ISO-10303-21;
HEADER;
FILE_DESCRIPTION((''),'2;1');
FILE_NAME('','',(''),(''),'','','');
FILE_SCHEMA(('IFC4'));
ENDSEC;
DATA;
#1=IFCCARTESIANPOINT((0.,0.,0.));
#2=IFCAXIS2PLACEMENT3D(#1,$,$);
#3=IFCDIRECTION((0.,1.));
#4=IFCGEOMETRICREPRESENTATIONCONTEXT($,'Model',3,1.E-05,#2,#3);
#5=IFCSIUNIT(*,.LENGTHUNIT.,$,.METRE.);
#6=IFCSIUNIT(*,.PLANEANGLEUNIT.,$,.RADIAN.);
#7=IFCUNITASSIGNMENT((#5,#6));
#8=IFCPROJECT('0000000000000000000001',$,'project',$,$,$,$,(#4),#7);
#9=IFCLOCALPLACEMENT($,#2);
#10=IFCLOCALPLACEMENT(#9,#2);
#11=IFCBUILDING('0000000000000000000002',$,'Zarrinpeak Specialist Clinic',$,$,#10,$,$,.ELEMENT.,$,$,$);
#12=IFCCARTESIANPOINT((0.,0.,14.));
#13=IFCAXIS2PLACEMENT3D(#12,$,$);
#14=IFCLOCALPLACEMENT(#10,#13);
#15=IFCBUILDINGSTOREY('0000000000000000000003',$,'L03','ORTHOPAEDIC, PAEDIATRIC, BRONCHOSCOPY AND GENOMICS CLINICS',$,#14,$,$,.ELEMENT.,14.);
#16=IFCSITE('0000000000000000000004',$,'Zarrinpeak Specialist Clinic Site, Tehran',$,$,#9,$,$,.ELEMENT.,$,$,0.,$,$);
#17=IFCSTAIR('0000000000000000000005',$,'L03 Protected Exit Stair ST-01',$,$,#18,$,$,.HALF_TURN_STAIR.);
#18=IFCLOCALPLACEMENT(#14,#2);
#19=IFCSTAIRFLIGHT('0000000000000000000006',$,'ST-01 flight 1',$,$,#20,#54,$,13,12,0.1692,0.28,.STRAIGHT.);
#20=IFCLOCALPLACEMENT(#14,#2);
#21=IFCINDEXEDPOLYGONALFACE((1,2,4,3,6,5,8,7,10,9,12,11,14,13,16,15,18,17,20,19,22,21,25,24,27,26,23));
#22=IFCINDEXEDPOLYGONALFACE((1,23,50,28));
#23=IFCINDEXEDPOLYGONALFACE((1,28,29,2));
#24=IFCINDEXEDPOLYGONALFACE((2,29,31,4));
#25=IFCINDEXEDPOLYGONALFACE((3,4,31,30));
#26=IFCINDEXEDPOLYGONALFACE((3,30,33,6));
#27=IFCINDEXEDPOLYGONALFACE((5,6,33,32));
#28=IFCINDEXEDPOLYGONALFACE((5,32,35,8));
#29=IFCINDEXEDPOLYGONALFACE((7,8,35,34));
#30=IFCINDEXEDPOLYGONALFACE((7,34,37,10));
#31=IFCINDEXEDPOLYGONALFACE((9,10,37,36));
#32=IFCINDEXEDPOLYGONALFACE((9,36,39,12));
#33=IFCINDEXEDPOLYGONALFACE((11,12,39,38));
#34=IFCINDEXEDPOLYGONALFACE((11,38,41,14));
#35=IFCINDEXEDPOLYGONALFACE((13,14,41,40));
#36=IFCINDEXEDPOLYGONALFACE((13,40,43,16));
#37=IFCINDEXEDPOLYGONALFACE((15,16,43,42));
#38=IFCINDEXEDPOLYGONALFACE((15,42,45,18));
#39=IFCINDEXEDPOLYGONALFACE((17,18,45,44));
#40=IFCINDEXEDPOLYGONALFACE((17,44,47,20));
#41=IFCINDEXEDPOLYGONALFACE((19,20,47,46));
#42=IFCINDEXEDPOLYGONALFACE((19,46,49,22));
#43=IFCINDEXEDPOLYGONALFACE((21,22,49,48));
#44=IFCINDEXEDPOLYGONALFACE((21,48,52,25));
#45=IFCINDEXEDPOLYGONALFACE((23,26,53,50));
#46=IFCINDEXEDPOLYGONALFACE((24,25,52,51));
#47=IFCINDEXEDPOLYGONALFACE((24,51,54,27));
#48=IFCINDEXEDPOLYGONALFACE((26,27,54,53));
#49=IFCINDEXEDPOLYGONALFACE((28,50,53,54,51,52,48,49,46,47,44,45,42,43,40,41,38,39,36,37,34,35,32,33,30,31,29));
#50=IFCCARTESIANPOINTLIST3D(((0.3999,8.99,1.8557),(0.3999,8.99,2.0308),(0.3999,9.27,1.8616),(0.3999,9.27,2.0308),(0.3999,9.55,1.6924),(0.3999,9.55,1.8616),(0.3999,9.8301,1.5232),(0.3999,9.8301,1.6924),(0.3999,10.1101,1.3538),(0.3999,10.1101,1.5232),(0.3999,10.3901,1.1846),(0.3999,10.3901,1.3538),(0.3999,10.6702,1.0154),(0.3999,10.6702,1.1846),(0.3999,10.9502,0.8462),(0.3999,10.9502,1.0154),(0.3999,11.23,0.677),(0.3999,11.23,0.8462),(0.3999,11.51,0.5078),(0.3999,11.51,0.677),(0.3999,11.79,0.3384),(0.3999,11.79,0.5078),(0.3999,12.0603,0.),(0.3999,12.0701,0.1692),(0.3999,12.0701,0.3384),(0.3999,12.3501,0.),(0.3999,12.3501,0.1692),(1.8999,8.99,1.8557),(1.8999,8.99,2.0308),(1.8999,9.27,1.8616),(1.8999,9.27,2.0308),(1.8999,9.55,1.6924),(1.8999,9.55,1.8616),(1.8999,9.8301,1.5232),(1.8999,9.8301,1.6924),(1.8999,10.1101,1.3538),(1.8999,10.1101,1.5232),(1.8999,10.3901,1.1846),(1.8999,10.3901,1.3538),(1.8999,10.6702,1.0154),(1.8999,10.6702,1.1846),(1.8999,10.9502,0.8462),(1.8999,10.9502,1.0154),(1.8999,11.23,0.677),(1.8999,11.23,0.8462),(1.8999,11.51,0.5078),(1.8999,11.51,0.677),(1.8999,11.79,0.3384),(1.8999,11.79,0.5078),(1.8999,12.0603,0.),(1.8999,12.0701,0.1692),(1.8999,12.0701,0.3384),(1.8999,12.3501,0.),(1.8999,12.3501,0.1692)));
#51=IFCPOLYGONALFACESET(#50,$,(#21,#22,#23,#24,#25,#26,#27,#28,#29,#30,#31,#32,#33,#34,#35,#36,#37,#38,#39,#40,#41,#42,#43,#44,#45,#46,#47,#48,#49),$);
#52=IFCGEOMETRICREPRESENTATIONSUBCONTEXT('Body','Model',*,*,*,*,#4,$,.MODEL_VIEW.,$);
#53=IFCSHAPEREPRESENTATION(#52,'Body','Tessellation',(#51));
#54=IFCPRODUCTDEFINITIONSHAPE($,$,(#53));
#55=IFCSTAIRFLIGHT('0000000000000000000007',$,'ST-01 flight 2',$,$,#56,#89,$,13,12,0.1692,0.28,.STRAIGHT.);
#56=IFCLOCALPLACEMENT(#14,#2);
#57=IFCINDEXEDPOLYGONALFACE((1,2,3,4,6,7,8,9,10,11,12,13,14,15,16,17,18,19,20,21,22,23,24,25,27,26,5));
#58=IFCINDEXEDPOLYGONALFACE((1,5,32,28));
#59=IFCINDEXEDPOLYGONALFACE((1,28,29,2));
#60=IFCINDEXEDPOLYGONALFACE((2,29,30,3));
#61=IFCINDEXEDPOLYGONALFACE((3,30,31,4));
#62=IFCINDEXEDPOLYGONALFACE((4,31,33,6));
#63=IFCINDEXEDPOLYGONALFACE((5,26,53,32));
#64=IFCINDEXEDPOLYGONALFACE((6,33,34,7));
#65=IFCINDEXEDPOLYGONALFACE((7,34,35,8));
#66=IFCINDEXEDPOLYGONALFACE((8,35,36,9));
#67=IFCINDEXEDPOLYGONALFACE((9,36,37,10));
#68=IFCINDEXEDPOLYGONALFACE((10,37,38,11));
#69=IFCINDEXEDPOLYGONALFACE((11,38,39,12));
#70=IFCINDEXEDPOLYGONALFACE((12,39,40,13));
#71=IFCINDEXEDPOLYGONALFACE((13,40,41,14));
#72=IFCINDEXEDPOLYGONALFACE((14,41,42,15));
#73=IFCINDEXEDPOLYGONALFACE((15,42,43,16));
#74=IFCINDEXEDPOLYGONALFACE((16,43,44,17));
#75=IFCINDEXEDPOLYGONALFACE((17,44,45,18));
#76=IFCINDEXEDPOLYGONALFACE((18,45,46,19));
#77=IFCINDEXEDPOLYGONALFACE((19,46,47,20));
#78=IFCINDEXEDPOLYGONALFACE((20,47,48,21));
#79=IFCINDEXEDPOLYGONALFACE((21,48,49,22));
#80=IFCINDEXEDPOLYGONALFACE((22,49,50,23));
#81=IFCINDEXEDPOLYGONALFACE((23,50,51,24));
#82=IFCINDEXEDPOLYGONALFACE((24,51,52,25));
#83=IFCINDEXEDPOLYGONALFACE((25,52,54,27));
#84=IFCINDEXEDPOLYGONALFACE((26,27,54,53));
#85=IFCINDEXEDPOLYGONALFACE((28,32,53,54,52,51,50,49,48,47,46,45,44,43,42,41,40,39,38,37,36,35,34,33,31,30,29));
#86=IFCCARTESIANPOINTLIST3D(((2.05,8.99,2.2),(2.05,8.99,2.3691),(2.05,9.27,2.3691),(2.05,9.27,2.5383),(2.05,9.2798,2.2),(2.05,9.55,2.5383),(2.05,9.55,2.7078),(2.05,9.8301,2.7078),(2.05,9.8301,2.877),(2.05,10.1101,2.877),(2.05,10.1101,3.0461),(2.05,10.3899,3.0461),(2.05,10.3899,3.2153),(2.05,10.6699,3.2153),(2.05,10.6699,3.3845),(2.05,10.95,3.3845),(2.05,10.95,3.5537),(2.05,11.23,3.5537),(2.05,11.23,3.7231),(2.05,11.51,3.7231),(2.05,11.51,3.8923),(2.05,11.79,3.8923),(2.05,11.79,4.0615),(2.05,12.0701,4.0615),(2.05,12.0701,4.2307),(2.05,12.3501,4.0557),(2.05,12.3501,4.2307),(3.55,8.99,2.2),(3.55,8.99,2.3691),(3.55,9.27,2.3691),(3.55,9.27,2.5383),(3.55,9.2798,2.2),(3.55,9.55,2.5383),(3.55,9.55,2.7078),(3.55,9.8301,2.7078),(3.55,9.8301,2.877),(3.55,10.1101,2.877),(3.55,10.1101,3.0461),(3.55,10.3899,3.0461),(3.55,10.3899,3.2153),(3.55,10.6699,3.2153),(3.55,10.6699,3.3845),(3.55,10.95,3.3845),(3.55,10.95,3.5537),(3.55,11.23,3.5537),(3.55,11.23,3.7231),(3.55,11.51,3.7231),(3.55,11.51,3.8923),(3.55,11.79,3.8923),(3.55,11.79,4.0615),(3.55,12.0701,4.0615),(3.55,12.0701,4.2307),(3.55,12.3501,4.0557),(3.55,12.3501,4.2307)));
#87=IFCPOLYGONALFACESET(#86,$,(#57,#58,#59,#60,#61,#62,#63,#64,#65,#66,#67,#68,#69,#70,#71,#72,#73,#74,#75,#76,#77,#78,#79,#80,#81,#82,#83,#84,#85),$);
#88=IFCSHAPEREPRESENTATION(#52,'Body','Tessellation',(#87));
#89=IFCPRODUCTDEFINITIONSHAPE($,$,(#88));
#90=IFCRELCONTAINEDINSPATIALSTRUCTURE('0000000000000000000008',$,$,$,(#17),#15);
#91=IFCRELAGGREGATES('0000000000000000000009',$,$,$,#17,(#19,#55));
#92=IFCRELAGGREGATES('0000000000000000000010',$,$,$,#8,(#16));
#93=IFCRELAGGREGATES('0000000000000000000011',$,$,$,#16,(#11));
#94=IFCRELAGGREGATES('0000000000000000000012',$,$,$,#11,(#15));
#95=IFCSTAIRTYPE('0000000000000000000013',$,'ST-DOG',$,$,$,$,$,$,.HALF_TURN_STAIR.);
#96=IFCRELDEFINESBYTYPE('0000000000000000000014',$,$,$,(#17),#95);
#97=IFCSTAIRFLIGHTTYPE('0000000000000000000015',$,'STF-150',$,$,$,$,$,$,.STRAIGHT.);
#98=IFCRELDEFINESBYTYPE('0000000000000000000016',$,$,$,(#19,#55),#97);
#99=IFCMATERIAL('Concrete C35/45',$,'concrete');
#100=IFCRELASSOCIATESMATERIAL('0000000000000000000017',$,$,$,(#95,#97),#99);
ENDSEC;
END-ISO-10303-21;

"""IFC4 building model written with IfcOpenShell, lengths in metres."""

from ifc_helpers import new_model, si_unit, direction, frame, origin, place, context, subcontext, project, spatial, polyline, outline, extrude, material, type_object, element, aggregate, save


model = new_model("IFC4")

# Units and contexts
model_context = context("Model", 3, precision=1e-05, world=origin(), true_north=direction((0.0, 1.0)))
body_context = subcontext(model_context, "Body", "Model", "MODEL_VIEW")
ifc_project = project(units=[si_unit("LENGTHUNIT", "METRE"), si_unit("PLANEANGLEUNIT", "RADIAN")], contexts=[model_context])

# Site, building, storey
site_placement = place(None, origin())
site = spatial("IfcSite", under=ifc_project, at=site_placement, Name="Zarrinpeak Specialist Clinic Site, Tehran", CompositionType="ELEMENT", RefElevation=0.0)
building_placement = place(site_placement, origin())
building = spatial("IfcBuilding", under=site, at=building_placement, Name="Zarrinpeak Specialist Clinic", CompositionType="ELEMENT")
storey_placement = place(building_placement, frame((0.0, 0.0, 14.0)))
storey = spatial("IfcBuildingStorey", under=building, at=storey_placement, Name="L03", Description="ORTHOPAEDIC, PAEDIATRIC, BRONCHOSCOPY AND GENOMICS CLINICS", CompositionType="ELEMENT", Elevation=14.0)

# Stair, stair flights
ifc_material_1 = material(Name="Concrete C35/45", Category="concrete")
stair_type = type_object("IfcStairType", Name="ST-DOG", PredefinedType="HALF_TURN_STAIR", material=ifc_material_1)
stair_placement = place(storey_placement, origin())
stair = element("IfcStair", 1, at=stair_placement, inside=storey, type_object=stair_type, Name="L03 Protected Exit Stair ST-01", PredefinedType="HALF_TURN_STAIR")
stair_flight_type = type_object("IfcStairFlightType", Name="STF-150", PredefinedType="STRAIGHT", material=ifc_material_1)
stair_flight_1_placement = place(storey_placement, frame((1.1499, 12.3501, 0.0), z_axis=(0.0, 0.0, 1.0), x_axis=(0.0, -1.0, 0.0)))
stair_flight_1 = element("IfcStairFlight", 2, at=stair_flight_1_placement, type_object=stair_flight_type, Name="ST-01 flight 1", NumberOfRisers=13, NumberOfTreads=12, PredefinedType="STRAIGHT", RiserHeight=0.1692, TreadLength=0.28, context=body_context, shape_type="SweptSolid", body=[
    extrude(outline(polyline([(0.0, 0.0), (0.0, 0.1692), (0.28, 0.1692), (0.28, 0.3384), (0.5601, 0.3384), (0.5601, 0.5078), (0.8401, 0.5078), (0.8401, 0.677), (1.1201, 0.677), (1.1201, 0.8462), (1.3999, 0.8462), (1.3999, 1.0154), (1.6799, 1.0154), (1.6799, 1.1846), (1.96, 1.1846), (1.96, 1.3538), (2.24, 1.3538), (2.24, 1.5232), (2.52, 1.5232), (2.52, 1.6924), (2.8, 1.6924), (2.8, 1.8616), (3.0801, 1.8616), (3.0801, 2.0308), (3.3601, 2.0308), (3.3601, 2.2), (3.3601, 1.8557), (0.2898, 0.0), (0.0, 0.0)])), frame((0.0, 0.75, 0.0), z_axis=(0.0, -1.0, 0.0), x_axis=(1.0, 0.0, 0.0)), (0.0, 0.0, 1.0), 1.5),
])
stair_flight_2_placement = place(storey_placement, frame((2.8, 8.99, 2.2), z_axis=(0.0, 0.0, 1.0), x_axis=(0.0, 1.0, 0.0)))
stair_flight_2 = element("IfcStairFlight", 3, at=stair_flight_2_placement, type_object=stair_flight_type, Name="ST-01 flight 2", NumberOfRisers=13, NumberOfTreads=12, PredefinedType="STRAIGHT", RiserHeight=0.1692, TreadLength=0.28, context=body_context, shape_type="SweptSolid", body=[
    extrude(outline(polyline([(0.0, 0.0), (0.0, 0.1692), (0.28, 0.1692), (0.28, 0.3384), (0.5601, 0.3384), (0.5601, 0.5078), (0.8401, 0.5078), (0.8401, 0.677), (1.1201, 0.677), (1.1201, 0.8462), (1.3999, 0.8462), (1.3999, 1.0154), (1.6799, 1.0154), (1.6799, 1.1846), (1.96, 1.1846), (1.96, 1.3538), (2.24, 1.3538), (2.24, 1.5232), (2.52, 1.5232), (2.52, 1.6924), (2.8, 1.6924), (2.8, 1.8616), (3.0801, 1.8616), (3.0801, 2.0308), (3.3601, 2.0308), (3.3601, 2.2), (3.3601, 1.8557), (0.2898, 0.0), (0.0, 0.0)])), frame((0.0, 0.75, 0.0), z_axis=(0.0, -1.0, 0.0), x_axis=(1.0, 0.0, 0.0)), (0.0, 0.0, 1.0), 1.5),
])
aggregate(stair, [stair_flight_1, stair_flight_2])

save(model, "model.ifc")
